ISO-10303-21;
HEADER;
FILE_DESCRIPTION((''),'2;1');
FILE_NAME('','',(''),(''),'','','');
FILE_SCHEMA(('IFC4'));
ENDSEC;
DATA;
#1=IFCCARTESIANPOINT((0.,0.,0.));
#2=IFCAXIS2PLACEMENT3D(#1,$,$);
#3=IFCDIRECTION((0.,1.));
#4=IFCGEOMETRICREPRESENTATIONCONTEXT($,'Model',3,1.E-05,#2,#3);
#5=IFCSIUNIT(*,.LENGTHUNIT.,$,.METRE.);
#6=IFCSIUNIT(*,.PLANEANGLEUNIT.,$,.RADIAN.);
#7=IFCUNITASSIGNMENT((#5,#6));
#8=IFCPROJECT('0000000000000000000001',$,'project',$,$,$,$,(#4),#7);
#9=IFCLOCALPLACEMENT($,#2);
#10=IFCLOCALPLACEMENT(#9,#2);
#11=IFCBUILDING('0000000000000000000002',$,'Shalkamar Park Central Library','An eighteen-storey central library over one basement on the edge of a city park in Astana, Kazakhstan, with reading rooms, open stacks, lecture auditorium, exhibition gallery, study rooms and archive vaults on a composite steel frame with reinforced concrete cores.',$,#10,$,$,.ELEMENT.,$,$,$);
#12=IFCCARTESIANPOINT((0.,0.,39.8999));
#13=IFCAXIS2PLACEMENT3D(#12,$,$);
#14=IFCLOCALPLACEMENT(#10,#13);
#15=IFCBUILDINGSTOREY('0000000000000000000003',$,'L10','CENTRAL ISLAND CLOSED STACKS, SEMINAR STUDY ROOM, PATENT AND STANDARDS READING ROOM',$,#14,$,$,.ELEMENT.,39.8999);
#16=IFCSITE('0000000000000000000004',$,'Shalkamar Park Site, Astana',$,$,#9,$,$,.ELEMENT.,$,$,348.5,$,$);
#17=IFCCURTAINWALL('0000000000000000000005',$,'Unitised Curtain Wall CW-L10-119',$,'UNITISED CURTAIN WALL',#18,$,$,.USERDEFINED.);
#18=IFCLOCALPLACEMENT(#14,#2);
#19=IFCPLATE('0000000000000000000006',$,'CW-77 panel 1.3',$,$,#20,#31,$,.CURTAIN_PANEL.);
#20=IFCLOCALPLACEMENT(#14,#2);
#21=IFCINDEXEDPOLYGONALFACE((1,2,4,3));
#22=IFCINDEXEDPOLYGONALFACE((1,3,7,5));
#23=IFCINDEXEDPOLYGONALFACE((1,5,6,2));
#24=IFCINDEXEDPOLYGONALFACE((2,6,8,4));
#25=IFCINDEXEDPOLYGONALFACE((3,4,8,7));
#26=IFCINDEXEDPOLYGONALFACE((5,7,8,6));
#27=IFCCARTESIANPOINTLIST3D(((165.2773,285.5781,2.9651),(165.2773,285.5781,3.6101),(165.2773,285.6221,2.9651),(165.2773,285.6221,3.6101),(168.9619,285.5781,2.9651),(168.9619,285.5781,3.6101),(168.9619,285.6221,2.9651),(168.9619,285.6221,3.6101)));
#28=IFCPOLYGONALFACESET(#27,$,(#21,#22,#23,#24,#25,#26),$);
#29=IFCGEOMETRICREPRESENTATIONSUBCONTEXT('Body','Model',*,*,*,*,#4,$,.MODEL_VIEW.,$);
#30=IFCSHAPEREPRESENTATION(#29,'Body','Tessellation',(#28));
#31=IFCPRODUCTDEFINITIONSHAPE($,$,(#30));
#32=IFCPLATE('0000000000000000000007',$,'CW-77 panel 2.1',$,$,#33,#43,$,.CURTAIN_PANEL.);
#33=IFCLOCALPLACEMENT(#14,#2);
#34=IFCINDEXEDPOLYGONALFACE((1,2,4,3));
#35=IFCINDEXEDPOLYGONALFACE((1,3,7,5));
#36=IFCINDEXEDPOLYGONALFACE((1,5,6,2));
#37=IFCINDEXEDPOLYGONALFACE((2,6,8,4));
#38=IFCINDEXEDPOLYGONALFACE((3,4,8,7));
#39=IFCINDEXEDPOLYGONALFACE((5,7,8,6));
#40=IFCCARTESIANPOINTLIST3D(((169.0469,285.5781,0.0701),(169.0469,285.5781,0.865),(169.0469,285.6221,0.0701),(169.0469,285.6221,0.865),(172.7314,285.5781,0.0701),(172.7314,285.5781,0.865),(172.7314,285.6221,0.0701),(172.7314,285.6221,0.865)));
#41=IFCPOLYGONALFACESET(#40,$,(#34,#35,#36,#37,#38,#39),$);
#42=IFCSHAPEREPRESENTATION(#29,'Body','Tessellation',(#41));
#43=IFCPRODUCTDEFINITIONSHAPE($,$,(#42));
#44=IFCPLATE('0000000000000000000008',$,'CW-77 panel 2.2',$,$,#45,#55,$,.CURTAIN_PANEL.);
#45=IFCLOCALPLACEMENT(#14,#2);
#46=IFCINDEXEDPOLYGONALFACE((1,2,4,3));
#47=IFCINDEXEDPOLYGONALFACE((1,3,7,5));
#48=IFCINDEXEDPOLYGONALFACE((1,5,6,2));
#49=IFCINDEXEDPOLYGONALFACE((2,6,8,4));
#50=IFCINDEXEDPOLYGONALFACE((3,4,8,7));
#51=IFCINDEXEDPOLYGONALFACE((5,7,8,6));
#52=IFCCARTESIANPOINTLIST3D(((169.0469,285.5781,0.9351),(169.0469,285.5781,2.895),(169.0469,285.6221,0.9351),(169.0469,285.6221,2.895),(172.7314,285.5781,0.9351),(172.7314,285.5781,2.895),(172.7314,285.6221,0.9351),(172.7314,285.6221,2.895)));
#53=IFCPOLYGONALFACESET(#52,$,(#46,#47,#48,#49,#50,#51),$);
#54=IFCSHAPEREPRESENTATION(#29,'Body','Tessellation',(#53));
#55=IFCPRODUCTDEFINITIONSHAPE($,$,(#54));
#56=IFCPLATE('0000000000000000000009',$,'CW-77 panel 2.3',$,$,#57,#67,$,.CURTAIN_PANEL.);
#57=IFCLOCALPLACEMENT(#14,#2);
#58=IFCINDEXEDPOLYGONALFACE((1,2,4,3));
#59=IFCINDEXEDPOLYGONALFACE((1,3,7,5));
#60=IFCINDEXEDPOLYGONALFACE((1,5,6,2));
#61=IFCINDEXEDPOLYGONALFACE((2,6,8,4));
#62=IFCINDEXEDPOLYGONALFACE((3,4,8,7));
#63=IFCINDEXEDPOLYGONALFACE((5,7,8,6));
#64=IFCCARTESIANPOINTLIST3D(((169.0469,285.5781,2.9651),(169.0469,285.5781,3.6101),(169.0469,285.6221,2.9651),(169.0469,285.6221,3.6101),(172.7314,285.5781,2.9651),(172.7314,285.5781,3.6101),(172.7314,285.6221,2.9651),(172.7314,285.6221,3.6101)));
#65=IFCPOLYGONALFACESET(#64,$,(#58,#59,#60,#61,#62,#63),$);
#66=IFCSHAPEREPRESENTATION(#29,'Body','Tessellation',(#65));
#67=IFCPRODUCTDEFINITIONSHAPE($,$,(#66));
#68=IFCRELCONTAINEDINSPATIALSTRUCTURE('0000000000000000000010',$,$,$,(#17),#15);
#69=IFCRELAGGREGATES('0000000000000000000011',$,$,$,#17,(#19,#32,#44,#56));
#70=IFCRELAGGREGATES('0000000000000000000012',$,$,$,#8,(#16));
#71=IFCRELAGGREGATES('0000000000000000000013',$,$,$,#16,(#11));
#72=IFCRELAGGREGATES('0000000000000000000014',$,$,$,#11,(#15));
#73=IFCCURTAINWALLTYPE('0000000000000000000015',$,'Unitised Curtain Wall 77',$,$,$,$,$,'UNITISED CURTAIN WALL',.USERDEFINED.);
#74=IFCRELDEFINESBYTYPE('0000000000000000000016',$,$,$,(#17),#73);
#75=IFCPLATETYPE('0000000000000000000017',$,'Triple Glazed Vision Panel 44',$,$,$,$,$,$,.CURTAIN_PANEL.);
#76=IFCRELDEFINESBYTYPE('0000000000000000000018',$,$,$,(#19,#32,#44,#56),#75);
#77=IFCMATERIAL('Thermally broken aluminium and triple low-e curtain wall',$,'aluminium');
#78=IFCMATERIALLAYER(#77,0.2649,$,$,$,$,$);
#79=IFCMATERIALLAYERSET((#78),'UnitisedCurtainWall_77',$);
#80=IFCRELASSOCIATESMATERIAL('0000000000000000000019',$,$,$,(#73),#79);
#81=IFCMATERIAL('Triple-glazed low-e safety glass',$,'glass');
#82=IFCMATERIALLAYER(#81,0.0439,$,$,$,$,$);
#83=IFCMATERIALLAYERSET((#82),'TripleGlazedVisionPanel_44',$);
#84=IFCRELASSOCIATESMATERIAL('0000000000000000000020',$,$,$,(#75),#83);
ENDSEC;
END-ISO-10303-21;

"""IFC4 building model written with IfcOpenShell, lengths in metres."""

from ifc_helpers import new_model, si_unit, direction, frame, origin, origin_2d, place, context, subcontext, project, spatial, rectangle, extrude, material, layer, layer_set, type_object, element, aggregate, save


model = new_model("IFC4")

# Units and contexts
model_context = context("Model", 3, precision=1e-05, world=origin(), true_north=direction((0.0, 1.0)))
body_context = subcontext(model_context, "Body", "Model", "MODEL_VIEW")
ifc_project = project(units=[si_unit("LENGTHUNIT", "METRE"), si_unit("PLANEANGLEUNIT", "RADIAN")], contexts=[model_context])

# Site, building, storey
site_placement = place(None, origin())
site = spatial("IfcSite", under=ifc_project, at=site_placement, Name="Shalkamar Park Site, Astana", CompositionType="ELEMENT", RefElevation=348.5)
building_placement = place(site_placement, origin())
building = spatial("IfcBuilding", under=site, at=building_placement, Name="Shalkamar Park Central Library", Description="An eighteen-storey central library over one basement on the edge of a city park in Astana, Kazakhstan, with reading rooms, open stacks, lecture auditorium, exhibition gallery, study rooms and archive vaults on a composite steel frame with reinforced concrete cores.", CompositionType="ELEMENT")
storey_placement = place(building_placement, frame((0.0, 0.0, 39.8999)))
storey = spatial("IfcBuildingStorey", under=building, at=storey_placement, Name="L10", Description="CENTRAL ISLAND CLOSED STACKS, SEMINAR STUDY ROOM, PATENT AND STANDARDS READING ROOM", CompositionType="ELEMENT", Elevation=39.8999)

# Curtain wall
ifc_material_1 = material(Name="Thermally broken aluminium and triple low-e curtain wall", Category="aluminium")
ifc_layer_1 = layer(ifc_material_1, 0.2649)
ifc_layer_set_1 = layer_set([ifc_layer_1], Name="UnitisedCurtainWall_77")
curtain_wall_type_1 = type_object("IfcCurtainWallType", Name="Unitised Curtain Wall 77", ElementType="UNITISED CURTAIN WALL", PredefinedType="USERDEFINED", material=ifc_layer_set_1)
curtain_wall_1_placement = place(storey_placement, origin())
curtain_wall_1 = element("IfcCurtainWall", 1, at=curtain_wall_1_placement, inside=storey, type_object=curtain_wall_type_1, Name="Unitised Curtain Wall CW-L10-119", ObjectType="UNITISED CURTAIN WALL", PredefinedType="USERDEFINED")

# Plates
ifc_material_2 = material(Name="Triple-glazed low-e safety glass", Category="glass")
ifc_layer_2 = layer(ifc_material_2, 0.0439)
ifc_layer_set_2 = layer_set([ifc_layer_2], Name="TripleGlazedVisionPanel_44")
plate_type_1 = type_object("IfcPlateType", Name="Triple Glazed Vision Panel 44", PredefinedType="CURTAIN_PANEL", material=ifc_layer_set_2)
plate_1_placement = place(storey_placement, frame((167.1196, 285.6001, 2.9651), z_axis=(0.0, 0.0, 1.0), x_axis=(1.0, 0.0, 0.0)))
plate_1 = element("IfcPlate", 2, at=plate_1_placement, type_object=plate_type_1, Name="CW-77 panel 1.3", PredefinedType="CURTAIN_PANEL", context=body_context, shape_type="SweptSolid", body=[
    extrude(rectangle(XDim=3.6846, YDim=0.0439, at=origin_2d()), origin(), (0.0, 0.0, 1.0), 0.645),
])
plate_2_placement = place(storey_placement, frame((170.8892, 285.6001, 0.0701), z_axis=(0.0, 0.0, 1.0), x_axis=(1.0, 0.0, 0.0)))
plate_2 = element("IfcPlate", 3, at=plate_2_placement, type_object=plate_type_1, Name="CW-77 panel 2.1", PredefinedType="CURTAIN_PANEL", context=body_context, shape_type="SweptSolid", body=[
    extrude(rectangle(XDim=3.6846, YDim=0.0439, at=origin_2d()), origin(), (0.0, 0.0, 1.0), 0.7949),
])
plate_3_placement = place(storey_placement, frame((170.8892, 285.6001, 0.9351), z_axis=(0.0, 0.0, 1.0), x_axis=(1.0, 0.0, 0.0)))
plate_3 = element("IfcPlate", 4, at=plate_3_placement, type_object=plate_type_1, Name="CW-77 panel 2.2", PredefinedType="CURTAIN_PANEL", context=body_context, shape_type="SweptSolid", body=[
    extrude(rectangle(XDim=3.6846, YDim=0.0439, at=origin_2d()), origin(), (0.0, 0.0, 1.0), 1.96),
])
plate_4_placement = place(storey_placement, frame((170.8892, 285.6001, 2.9651), z_axis=(0.0, 0.0, 1.0), x_axis=(1.0, 0.0, 0.0)))
plate_4 = element("IfcPlate", 5, at=plate_4_placement, type_object=plate_type_1, Name="CW-77 panel 2.3", PredefinedType="CURTAIN_PANEL", context=body_context, shape_type="SweptSolid", body=[
    extrude(rectangle(XDim=3.6846, YDim=0.0439, at=origin_2d()), origin(), (0.0, 0.0, 1.0), 0.645),
])
aggregate(curtain_wall_1, [plate_1, plate_2, plate_3, plate_4])

save(model, "model.ifc")
